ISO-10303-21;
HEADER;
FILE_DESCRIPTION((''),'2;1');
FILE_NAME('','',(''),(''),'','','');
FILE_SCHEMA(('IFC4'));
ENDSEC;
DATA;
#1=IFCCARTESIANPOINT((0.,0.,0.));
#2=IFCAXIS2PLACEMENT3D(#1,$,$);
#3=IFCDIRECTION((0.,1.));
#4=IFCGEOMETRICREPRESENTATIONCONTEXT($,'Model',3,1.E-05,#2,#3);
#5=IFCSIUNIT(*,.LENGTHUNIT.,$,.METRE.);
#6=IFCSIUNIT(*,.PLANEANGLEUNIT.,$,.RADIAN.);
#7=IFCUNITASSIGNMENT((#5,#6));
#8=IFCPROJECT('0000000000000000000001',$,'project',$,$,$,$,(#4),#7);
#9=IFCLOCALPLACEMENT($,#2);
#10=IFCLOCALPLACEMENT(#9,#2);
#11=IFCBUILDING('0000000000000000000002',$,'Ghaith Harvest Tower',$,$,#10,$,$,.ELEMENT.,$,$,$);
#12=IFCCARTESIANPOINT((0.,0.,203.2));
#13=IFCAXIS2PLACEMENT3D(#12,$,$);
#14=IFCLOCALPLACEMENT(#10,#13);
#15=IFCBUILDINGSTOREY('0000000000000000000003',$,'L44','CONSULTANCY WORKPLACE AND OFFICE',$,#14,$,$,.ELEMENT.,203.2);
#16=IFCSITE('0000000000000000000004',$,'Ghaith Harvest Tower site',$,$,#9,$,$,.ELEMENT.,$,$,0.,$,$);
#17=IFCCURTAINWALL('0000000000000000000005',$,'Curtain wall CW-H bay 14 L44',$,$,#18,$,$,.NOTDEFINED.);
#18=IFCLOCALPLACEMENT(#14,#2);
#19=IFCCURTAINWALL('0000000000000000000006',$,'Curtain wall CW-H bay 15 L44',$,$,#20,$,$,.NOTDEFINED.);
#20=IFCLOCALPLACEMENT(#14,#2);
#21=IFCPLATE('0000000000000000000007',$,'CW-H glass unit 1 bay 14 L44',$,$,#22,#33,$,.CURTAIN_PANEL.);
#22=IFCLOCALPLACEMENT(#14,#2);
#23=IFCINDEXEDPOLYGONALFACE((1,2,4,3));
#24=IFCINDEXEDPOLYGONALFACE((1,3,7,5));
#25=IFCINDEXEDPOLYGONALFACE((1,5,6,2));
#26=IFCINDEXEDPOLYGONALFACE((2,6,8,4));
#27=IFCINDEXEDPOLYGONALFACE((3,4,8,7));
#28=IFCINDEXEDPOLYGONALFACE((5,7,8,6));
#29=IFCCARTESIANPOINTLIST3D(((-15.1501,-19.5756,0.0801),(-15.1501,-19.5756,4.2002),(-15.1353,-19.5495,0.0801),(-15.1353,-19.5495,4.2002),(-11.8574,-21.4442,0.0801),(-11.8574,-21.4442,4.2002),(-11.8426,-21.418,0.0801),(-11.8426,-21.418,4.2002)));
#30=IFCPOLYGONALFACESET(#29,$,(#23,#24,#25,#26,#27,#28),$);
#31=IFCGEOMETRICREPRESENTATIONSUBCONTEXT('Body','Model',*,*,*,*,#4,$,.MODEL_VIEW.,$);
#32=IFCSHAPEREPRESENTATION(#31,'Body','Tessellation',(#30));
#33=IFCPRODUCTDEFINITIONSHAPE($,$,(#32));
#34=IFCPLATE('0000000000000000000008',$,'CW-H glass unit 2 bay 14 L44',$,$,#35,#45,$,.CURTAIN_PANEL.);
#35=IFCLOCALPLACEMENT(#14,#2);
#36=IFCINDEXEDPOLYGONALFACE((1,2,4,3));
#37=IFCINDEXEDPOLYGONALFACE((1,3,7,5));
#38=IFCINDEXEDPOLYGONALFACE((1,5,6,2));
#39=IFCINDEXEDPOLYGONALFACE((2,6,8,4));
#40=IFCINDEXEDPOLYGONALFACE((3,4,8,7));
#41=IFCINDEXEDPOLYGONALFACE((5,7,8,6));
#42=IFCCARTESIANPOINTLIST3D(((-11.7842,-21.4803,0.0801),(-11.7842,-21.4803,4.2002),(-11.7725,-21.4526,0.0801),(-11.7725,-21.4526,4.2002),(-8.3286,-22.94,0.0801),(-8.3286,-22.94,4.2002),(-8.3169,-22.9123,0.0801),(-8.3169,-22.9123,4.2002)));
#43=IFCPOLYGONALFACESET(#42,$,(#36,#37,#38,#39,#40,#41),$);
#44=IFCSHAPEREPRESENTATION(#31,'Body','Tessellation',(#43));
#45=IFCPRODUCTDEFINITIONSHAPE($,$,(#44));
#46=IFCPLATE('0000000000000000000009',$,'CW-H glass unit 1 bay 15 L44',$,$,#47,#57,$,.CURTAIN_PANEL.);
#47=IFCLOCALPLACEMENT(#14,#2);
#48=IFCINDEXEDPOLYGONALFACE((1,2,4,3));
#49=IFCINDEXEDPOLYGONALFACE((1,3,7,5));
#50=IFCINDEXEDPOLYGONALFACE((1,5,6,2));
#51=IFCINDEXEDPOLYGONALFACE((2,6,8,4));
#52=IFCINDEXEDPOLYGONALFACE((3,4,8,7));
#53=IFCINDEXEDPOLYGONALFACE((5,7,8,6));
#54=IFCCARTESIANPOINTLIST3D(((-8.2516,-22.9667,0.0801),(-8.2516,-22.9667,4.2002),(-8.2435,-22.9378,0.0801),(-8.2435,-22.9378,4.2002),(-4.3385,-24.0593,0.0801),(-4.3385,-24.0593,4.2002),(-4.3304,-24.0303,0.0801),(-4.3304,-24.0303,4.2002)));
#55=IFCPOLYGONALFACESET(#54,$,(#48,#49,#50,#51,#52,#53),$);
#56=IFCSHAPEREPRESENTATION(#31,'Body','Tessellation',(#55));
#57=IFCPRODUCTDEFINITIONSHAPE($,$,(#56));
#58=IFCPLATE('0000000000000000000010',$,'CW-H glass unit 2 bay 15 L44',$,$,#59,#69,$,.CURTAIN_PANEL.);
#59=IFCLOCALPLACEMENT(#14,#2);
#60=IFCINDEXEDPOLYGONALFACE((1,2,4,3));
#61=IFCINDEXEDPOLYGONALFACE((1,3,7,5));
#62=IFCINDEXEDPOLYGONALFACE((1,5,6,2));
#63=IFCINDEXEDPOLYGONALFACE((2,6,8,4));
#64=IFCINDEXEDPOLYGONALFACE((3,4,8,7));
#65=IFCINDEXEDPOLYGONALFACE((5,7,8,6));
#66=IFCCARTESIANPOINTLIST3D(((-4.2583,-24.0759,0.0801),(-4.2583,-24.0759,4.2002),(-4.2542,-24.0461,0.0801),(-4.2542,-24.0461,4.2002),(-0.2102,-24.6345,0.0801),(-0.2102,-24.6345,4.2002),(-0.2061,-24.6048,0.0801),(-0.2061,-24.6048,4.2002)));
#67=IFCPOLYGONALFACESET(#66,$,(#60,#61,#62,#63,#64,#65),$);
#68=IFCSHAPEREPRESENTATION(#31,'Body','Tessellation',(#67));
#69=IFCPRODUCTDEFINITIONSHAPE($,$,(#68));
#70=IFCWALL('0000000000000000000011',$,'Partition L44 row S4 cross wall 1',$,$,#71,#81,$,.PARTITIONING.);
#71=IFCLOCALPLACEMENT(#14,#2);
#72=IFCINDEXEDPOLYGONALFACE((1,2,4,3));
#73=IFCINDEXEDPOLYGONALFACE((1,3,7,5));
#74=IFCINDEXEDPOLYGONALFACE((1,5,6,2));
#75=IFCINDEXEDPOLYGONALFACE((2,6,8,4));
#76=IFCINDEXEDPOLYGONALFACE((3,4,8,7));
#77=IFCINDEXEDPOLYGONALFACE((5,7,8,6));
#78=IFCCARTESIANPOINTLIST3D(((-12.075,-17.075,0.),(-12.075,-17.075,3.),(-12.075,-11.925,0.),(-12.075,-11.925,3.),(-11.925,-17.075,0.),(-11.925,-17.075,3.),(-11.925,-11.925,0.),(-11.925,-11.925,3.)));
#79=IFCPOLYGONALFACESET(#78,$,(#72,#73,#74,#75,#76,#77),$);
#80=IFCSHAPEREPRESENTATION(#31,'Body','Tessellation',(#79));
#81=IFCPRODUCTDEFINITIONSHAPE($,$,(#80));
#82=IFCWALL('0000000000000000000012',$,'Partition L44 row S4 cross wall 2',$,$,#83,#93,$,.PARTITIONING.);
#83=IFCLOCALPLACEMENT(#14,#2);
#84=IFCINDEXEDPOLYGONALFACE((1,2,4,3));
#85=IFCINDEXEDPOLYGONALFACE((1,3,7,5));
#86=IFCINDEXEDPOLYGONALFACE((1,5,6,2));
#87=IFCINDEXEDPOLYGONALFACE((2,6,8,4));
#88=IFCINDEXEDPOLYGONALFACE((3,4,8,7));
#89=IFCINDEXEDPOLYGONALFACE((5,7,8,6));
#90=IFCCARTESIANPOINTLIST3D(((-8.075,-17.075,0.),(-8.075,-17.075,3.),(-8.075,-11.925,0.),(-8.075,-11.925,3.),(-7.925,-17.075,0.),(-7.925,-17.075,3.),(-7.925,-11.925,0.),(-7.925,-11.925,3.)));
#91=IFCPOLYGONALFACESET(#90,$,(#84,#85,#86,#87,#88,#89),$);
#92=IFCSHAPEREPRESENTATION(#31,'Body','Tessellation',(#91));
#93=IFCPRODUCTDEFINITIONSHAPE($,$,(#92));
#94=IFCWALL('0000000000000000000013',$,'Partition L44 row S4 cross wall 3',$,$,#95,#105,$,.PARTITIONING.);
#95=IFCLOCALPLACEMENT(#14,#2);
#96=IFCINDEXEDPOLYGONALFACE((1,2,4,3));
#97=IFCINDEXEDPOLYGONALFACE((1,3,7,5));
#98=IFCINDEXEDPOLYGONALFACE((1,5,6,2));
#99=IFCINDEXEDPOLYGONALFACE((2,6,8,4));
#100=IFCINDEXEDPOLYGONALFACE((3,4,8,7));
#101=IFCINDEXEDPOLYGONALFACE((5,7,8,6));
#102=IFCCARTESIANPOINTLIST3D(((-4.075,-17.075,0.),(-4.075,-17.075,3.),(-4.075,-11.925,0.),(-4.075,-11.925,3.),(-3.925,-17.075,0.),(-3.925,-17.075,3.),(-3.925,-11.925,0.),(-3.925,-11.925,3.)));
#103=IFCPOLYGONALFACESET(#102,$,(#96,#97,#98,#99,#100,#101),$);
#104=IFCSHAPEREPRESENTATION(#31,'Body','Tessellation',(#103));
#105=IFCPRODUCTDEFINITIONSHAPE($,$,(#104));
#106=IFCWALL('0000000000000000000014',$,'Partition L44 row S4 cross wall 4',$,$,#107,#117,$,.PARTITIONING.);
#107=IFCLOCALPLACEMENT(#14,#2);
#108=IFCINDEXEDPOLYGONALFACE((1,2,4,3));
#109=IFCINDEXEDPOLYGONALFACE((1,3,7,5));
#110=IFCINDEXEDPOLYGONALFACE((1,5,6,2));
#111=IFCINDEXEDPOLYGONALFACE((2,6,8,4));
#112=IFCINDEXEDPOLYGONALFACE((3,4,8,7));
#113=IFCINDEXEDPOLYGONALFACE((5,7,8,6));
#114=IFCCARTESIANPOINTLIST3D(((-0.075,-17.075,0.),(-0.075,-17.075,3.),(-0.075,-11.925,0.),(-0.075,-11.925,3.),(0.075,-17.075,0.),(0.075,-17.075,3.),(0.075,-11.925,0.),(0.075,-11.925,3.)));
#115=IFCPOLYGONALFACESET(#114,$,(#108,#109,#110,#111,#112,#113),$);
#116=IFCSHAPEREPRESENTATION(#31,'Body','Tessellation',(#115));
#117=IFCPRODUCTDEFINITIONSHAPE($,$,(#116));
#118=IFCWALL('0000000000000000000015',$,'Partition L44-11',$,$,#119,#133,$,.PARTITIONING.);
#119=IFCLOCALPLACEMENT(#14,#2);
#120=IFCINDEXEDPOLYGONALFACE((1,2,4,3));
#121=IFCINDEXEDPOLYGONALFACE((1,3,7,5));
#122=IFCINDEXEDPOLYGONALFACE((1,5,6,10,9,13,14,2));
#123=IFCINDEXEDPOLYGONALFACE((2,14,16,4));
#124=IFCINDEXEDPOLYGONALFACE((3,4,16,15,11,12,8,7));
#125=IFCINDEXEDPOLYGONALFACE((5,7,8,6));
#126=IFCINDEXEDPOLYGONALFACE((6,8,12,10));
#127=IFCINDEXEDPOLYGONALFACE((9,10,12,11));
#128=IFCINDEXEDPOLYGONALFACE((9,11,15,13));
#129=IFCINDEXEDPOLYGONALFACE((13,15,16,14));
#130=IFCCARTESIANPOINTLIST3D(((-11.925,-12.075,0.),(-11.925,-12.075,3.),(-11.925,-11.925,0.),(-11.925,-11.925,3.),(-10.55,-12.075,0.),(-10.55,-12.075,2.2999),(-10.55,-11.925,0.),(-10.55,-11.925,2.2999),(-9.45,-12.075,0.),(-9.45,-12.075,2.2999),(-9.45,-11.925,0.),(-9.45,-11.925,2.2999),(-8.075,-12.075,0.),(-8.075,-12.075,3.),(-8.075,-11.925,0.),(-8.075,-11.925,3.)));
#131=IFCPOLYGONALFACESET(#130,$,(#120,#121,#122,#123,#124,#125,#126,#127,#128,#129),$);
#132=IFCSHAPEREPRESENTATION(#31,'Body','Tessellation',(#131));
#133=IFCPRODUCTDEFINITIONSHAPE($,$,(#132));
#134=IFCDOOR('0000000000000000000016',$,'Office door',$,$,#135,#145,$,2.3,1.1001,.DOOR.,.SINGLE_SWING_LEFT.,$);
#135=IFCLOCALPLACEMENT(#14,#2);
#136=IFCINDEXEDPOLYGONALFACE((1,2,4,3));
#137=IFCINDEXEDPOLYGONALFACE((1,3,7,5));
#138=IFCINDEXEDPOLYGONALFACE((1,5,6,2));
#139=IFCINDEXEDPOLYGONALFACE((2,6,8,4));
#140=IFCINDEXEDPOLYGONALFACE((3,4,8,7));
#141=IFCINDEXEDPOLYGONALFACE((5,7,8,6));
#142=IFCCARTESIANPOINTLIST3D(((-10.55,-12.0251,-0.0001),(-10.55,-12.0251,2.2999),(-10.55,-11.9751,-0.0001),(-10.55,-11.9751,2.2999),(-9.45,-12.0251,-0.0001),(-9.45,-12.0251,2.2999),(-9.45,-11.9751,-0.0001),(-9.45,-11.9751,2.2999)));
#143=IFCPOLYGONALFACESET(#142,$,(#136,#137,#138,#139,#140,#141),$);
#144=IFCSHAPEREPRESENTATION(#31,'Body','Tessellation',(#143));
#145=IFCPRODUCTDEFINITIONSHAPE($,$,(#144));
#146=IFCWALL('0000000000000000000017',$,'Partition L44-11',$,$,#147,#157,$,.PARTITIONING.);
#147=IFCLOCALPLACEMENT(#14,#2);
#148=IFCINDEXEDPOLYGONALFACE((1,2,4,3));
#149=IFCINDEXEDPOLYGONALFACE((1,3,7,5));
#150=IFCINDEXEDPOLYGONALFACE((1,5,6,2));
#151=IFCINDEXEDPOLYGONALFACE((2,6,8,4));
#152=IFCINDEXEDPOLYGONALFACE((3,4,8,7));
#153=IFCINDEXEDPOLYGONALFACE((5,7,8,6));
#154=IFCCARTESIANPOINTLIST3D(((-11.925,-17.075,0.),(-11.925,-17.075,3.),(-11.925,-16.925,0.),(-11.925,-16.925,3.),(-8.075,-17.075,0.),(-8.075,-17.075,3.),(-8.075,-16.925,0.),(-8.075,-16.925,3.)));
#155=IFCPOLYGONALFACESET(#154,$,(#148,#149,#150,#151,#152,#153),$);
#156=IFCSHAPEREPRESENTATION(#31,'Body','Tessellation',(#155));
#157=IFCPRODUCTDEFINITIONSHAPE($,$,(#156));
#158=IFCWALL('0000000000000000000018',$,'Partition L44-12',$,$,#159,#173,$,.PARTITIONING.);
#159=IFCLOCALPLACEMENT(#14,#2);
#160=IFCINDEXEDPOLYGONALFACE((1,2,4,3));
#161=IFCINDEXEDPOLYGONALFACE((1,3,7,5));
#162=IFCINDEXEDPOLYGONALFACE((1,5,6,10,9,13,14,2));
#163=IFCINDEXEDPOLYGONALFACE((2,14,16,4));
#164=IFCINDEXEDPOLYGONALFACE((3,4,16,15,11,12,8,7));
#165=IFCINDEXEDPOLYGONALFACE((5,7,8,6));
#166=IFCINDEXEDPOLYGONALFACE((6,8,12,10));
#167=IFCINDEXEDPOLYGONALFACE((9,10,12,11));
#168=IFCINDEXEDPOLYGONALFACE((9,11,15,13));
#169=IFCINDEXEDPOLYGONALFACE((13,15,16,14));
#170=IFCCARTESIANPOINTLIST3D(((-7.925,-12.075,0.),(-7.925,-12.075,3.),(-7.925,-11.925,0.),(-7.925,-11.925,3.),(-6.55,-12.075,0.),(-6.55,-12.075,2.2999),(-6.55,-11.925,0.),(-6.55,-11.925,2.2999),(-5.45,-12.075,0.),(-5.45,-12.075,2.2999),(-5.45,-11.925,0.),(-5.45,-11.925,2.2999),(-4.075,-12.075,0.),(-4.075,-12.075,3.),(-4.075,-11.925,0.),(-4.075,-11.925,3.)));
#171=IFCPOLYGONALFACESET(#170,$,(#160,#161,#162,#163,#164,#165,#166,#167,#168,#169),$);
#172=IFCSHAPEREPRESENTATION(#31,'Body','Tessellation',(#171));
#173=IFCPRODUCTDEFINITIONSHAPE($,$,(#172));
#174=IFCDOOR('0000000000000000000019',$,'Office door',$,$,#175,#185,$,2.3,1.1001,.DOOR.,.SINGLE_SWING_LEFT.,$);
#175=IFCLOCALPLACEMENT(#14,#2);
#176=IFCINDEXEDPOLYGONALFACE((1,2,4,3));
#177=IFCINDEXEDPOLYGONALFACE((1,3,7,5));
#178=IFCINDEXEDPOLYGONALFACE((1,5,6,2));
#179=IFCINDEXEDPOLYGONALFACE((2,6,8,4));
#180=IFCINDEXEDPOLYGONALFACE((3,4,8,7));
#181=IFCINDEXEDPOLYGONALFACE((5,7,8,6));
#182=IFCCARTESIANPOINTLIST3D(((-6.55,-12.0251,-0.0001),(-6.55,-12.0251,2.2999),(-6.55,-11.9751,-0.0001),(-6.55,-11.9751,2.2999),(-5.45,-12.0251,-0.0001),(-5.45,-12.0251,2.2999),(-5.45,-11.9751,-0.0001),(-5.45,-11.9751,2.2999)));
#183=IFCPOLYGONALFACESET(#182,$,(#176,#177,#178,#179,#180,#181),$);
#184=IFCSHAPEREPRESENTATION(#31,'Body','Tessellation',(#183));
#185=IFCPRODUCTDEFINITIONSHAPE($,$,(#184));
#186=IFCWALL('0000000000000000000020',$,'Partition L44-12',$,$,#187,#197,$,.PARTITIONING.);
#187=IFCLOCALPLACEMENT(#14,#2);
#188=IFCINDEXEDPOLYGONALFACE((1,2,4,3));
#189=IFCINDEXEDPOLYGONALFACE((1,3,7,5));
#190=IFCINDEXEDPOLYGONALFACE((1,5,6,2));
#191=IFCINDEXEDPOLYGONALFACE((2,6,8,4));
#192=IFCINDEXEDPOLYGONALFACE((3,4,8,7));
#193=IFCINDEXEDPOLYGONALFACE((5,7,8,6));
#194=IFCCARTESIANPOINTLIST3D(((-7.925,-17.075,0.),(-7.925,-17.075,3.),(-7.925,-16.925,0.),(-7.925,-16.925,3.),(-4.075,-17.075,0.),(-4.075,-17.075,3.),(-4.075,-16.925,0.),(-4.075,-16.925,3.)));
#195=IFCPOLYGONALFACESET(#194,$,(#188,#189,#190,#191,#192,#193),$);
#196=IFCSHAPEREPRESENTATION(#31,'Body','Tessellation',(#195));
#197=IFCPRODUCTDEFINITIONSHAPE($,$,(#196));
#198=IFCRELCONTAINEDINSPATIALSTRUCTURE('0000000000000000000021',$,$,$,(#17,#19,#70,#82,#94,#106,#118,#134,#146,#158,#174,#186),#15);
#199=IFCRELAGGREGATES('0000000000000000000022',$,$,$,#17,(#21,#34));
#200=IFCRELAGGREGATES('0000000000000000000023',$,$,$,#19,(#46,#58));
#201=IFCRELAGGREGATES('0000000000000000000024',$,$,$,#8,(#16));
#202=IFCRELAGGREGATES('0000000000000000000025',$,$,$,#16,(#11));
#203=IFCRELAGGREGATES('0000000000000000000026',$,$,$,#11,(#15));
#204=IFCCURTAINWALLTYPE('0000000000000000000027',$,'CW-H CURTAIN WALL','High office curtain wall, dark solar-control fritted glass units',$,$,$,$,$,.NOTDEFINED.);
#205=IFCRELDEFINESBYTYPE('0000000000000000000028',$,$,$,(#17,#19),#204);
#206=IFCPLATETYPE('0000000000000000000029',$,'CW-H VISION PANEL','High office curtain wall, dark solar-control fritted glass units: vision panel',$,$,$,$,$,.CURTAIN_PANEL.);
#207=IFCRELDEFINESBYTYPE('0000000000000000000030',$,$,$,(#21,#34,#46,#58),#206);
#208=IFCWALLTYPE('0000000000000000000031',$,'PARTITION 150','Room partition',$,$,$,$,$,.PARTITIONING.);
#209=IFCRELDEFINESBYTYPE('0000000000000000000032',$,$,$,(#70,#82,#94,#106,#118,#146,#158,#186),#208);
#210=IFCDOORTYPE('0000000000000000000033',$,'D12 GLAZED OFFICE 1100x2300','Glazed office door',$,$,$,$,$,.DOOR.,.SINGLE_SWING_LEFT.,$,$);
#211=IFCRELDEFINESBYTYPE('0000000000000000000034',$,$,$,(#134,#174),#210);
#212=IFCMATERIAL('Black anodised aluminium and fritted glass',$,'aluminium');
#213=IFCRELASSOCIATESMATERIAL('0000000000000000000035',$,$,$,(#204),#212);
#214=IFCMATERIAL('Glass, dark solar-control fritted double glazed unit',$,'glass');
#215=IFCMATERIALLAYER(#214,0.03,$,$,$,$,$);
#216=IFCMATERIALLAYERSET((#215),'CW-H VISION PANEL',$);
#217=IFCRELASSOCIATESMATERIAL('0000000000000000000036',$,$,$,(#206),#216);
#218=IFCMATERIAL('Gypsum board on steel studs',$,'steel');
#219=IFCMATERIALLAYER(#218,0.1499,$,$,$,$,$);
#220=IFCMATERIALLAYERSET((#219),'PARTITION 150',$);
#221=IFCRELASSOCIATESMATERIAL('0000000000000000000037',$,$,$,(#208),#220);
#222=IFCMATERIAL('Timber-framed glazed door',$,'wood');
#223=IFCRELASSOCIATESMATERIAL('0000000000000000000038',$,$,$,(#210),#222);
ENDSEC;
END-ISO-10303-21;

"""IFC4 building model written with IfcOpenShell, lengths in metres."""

from ifc_helpers import new_model, si_unit, direction, frame, frame_2d, origin, origin_2d, place, context, subcontext, project, spatial, rectangle, extrude, material, layer, layer_set, type_object, element, fill, aggregate, save


model = new_model("IFC4")

# Units and contexts
model_context = context("Model", 3, precision=1e-05, world=origin(), true_north=direction((0.0, 1.0)))
body_context = subcontext(model_context, "Body", "Model", "MODEL_VIEW")
ifc_project = project(units=[si_unit("LENGTHUNIT", "METRE"), si_unit("PLANEANGLEUNIT", "RADIAN")], contexts=[model_context])

# Site, building, storey
site_placement = place(None, origin())
site = spatial("IfcSite", under=ifc_project, at=site_placement, Name="Ghaith Harvest Tower site", CompositionType="ELEMENT", RefElevation=0.0)
building_placement = place(site_placement, origin())
building = spatial("IfcBuilding", under=site, at=building_placement, Name="Ghaith Harvest Tower", CompositionType="ELEMENT")
storey_placement = place(building_placement, frame((0.0, 0.0, 203.2)))
storey = spatial("IfcBuildingStorey", under=building, at=storey_placement, Name="L44", Description="CONSULTANCY WORKPLACE AND OFFICE", CompositionType="ELEMENT", Elevation=203.2)

# Curtain wall
ifc_material_1 = material(Name="Black anodised aluminium and fritted glass", Category="aluminium")
curtain_wall_type = type_object("IfcCurtainWallType", Name="CW-H CURTAIN WALL", Description="High office curtain wall, dark solar-control fritted glass units", PredefinedType="NOTDEFINED", material=ifc_material_1)
curtain_wall_1_placement = place(storey_placement, origin())
curtain_wall_1 = element("IfcCurtainWall", 1, at=curtain_wall_1_placement, inside=storey, type_object=curtain_wall_type, Name="Curtain wall CW-H bay 14 L44", PredefinedType="NOTDEFINED")

# Curtain wall
curtain_wall_2_placement = place(storey_placement, origin())
curtain_wall_2 = element("IfcCurtainWall", 2, at=curtain_wall_2_placement, inside=storey, type_object=curtain_wall_type, Name="Curtain wall CW-H bay 15 L44", PredefinedType="NOTDEFINED")

# Plates
ifc_material_2 = material(Name="Glass, dark solar-control fritted double glazed unit", Category="glass")
ifc_layer_1 = layer(ifc_material_2, 0.03)
ifc_layer_set_1 = layer_set([ifc_layer_1], Name="CW-H VISION PANEL")
plate_type = type_object("IfcPlateType", Name="CW-H VISION PANEL", Description="High office curtain wall, dark solar-control fritted glass units: vision panel", PredefinedType="CURTAIN_PANEL", material=ifc_layer_set_1)
plate_1_placement = place(storey_placement, frame((-13.4963, -20.4968, 0.0801), z_axis=(0.0, 0.0, 1.0), x_axis=(0.869715, -0.493554, 0.0)))
plate_1 = element("IfcPlate", 3, at=plate_1_placement, type_object=plate_type, Name="CW-H glass unit 1 bay 14 L44", PredefinedType="CURTAIN_PANEL", context=body_context, shape_type="SweptSolid", body=[
    extrude(rectangle(XDim=3.7859, YDim=0.03, at=origin_2d()), origin(), (0.0, 0.0, 1.0), 4.1201),
])
plate_2_placement = place(storey_placement, frame((-10.0505, -22.1963, 0.0801), z_axis=(0.0, 0.0, 1.0), x_axis=(0.921182, -0.389133, 0.0)))
plate_2 = element("IfcPlate", 4, at=plate_2_placement, type_object=plate_type, Name="CW-H glass unit 2 bay 14 L44", PredefinedType="CURTAIN_PANEL", context=body_context, shape_type="SweptSolid", body=[
    extrude(rectangle(XDim=3.7512, YDim=0.03, at=origin_2d()), origin(), (0.0, 0.0, 1.0), 4.1201),
])
aggregate(curtain_wall_1, [plate_1, plate_2])
plate_3_placement = place(storey_placement, frame((-6.291, -23.4985, 0.0801), z_axis=(0.0, 0.0, 1.0), x_axis=(0.963163, -0.268919, 0.0)))
plate_3 = element("IfcPlate", 5, at=plate_3_placement, type_object=plate_type, Name="CW-H glass unit 1 bay 15 L44", PredefinedType="CURTAIN_PANEL", context=body_context, shape_type="SweptSolid", body=[
    extrude(rectangle(XDim=4.0627, YDim=0.03, at=origin_2d()), origin(), (0.0, 0.0, 1.0), 4.1201),
])
plate_4_placement = place(storey_placement, frame((-2.2322, -24.3403, 0.0801), z_axis=(0.0, 0.0, 1.0), x_axis=(0.990612, -0.136702, 0.0)))
plate_4 = element("IfcPlate", 6, at=plate_4_placement, type_object=plate_type, Name="CW-H glass unit 2 bay 15 L44", PredefinedType="CURTAIN_PANEL", context=body_context, shape_type="SweptSolid", body=[
    extrude(rectangle(XDim=4.0864, YDim=0.03, at=origin_2d()), origin(), (0.0, 0.0, 1.0), 4.1201),
])
aggregate(curtain_wall_2, [plate_3, plate_4])

# Walls
ifc_material_3 = material(Name="Gypsum board on steel studs", Category="steel")
ifc_layer_2 = layer(ifc_material_3, 0.1499)
ifc_layer_set_2 = layer_set([ifc_layer_2], Name="PARTITION 150")
wall_type = type_object("IfcWallType", Name="PARTITION 150", Description="Room partition", PredefinedType="PARTITIONING", material=ifc_layer_set_2)
for number, where, z_axis, x_axis, name in (
    (7, (-12.0, -11.925, 0.0), (0.0, 0.0, 1.0), (0.0, -1.0, 0.0), "Partition L44 row S4 cross wall 1"),
    (8, (-8.0, -11.925, 0.0), (0.0, 0.0, 1.0), (0.0, -1.0, 0.0), "Partition L44 row S4 cross wall 2"),
    (9, (-4.0, -11.925, 0.0), (0.0, 0.0, 1.0), (0.0, -1.0, 0.0), "Partition L44 row S4 cross wall 3"),
    (10, (0.0, -11.925, 0.0), (0.0, 0.0, 1.0), (0.0, -1.0, 0.0), "Partition L44 row S4 cross wall 4"),
):
    element("IfcWall", number, at=place(storey_placement, frame(where, z_axis=z_axis, x_axis=x_axis)), inside=storey, type_object=wall_type, Name=name, PredefinedType="PARTITIONING", context=body_context, shape_type="SweptSolid", body=[
        extrude(rectangle(XDim=5.1499, YDim=0.1499, at=frame_2d((2.575, 0.0))), origin(), (0.0, 0.0, 1.0), 3.0),
    ])

# Wall, opening, door
wall_1_placement = place(storey_placement, frame((-11.925, -12.0, 0.0), z_axis=(0.0, 0.0, 1.0), x_axis=(1.0, 0.0, 0.0)))
wall_1 = element("IfcWall", 11, at=wall_1_placement, inside=storey, type_object=wall_type, Name="Partition L44-11", PredefinedType="PARTITIONING", context=body_context, shape_type="SweptSolid", body=[
    extrude(rectangle(XDim=3.8501, YDim=0.1499, at=frame_2d((1.925, 0.0))), origin(), (0.0, 0.0, 1.0), 3.0),
])
opening_1_placement = place(wall_1_placement, frame((1.375, 0.0, 0.0)))
opening_1 = element("IfcOpeningElement", 12, at=opening_1_placement, cuts=wall_1, PredefinedType="OPENING", context=body_context, shape_type="SweptSolid", body=[
    extrude(rectangle(XDim=1.1001, YDim=2.3, at=frame_2d((0.55, 1.1499))), frame((0.0, 0.085, 0.0), z_axis=(0.0, -1.0, 0.0), x_axis=(1.0, 0.0, 0.0)), (0.0, 0.0, 1.0), 0.1699),
])
ifc_material_4 = material(Name="Timber-framed glazed door", Category="wood")
door_type = type_object("IfcDoorType", Name="D12 GLAZED OFFICE 1100x2300", Description="Glazed office door", OperationType="SINGLE_SWING_LEFT", PredefinedType="DOOR", material=ifc_material_4)
door_1_placement = place(opening_1_placement, origin())
door_1 = element("IfcDoor", 13, at=door_1_placement, inside=storey, type_object=door_type, Name="Office door", OperationType="SINGLE_SWING_LEFT", OverallHeight=2.3, OverallWidth=1.1001, PredefinedType="DOOR", context=body_context, shape_type="SweptSolid", body=[
    extrude(rectangle(XDim=1.1001, YDim=2.3, at=frame_2d((0.55, 1.1499))), frame((0.0, 0.0249, 0.0), z_axis=(0.0, -1.0, 0.0), x_axis=(1.0, 0.0, 0.0)), (0.0, 0.0, 1.0), 0.05),
])
fill(opening_1, door_1)

# Wall
wall_2_placement = place(storey_placement, frame((-11.925, -17.0, 0.0), z_axis=(0.0, 0.0, 1.0), x_axis=(1.0, 0.0, 0.0)))
element("IfcWall", 14, at=wall_2_placement, inside=storey, type_object=wall_type, Name="Partition L44-11", PredefinedType="PARTITIONING", context=body_context, shape_type="SweptSolid", body=[
    extrude(rectangle(XDim=3.8501, YDim=0.1499, at=frame_2d((1.925, 0.0))), origin(), (0.0, 0.0, 1.0), 3.0),
])

# Wall, opening, door
wall_3_placement = place(storey_placement, frame((-7.925, -12.0, 0.0), z_axis=(0.0, 0.0, 1.0), x_axis=(1.0, 0.0, 0.0)))
wall_3 = element("IfcWall", 15, at=wall_3_placement, inside=storey, type_object=wall_type, Name="Partition L44-12", PredefinedType="PARTITIONING", context=body_context, shape_type="SweptSolid", body=[
    extrude(rectangle(XDim=3.8501, YDim=0.1499, at=frame_2d((1.925, 0.0))), origin(), (0.0, 0.0, 1.0), 3.0),
])
opening_2_placement = place(wall_3_placement, frame((1.375, 0.0, 0.0)))
opening_2 = element("IfcOpeningElement", 16, at=opening_2_placement, cuts=wall_3, PredefinedType="OPENING", context=body_context, shape_type="SweptSolid", body=[
    extrude(rectangle(XDim=1.1001, YDim=2.3, at=frame_2d((0.55, 1.1499))), frame((0.0, 0.085, 0.0), z_axis=(0.0, -1.0, 0.0), x_axis=(1.0, 0.0, 0.0)), (0.0, 0.0, 1.0), 0.1699),
])
door_2_placement = place(opening_2_placement, origin())
door_2 = element("IfcDoor", 17, at=door_2_placement, inside=storey, type_object=door_type, Name="Office door", OperationType="SINGLE_SWING_LEFT", OverallHeight=2.3, OverallWidth=1.1001, PredefinedType="DOOR", context=body_context, shape_type="SweptSolid", body=[
    extrude(rectangle(XDim=1.1001, YDim=2.3, at=frame_2d((0.55, 1.1499))), frame((0.0, 0.0249, 0.0), z_axis=(0.0, -1.0, 0.0), x_axis=(1.0, 0.0, 0.0)), (0.0, 0.0, 1.0), 0.05),
])
fill(opening_2, door_2)

# Wall
wall_4_placement = place(storey_placement, frame((-7.925, -17.0, 0.0), z_axis=(0.0, 0.0, 1.0), x_axis=(1.0, 0.0, 0.0)))
element("IfcWall", 18, at=wall_4_placement, inside=storey, type_object=wall_type, Name="Partition L44-12", PredefinedType="PARTITIONING", context=body_context, shape_type="SweptSolid", body=[
    extrude(rectangle(XDim=3.8501, YDim=0.1499, at=frame_2d((1.925, 0.0))), origin(), (0.0, 0.0, 1.0), 3.0),
])

save(model, "model.ifc")
